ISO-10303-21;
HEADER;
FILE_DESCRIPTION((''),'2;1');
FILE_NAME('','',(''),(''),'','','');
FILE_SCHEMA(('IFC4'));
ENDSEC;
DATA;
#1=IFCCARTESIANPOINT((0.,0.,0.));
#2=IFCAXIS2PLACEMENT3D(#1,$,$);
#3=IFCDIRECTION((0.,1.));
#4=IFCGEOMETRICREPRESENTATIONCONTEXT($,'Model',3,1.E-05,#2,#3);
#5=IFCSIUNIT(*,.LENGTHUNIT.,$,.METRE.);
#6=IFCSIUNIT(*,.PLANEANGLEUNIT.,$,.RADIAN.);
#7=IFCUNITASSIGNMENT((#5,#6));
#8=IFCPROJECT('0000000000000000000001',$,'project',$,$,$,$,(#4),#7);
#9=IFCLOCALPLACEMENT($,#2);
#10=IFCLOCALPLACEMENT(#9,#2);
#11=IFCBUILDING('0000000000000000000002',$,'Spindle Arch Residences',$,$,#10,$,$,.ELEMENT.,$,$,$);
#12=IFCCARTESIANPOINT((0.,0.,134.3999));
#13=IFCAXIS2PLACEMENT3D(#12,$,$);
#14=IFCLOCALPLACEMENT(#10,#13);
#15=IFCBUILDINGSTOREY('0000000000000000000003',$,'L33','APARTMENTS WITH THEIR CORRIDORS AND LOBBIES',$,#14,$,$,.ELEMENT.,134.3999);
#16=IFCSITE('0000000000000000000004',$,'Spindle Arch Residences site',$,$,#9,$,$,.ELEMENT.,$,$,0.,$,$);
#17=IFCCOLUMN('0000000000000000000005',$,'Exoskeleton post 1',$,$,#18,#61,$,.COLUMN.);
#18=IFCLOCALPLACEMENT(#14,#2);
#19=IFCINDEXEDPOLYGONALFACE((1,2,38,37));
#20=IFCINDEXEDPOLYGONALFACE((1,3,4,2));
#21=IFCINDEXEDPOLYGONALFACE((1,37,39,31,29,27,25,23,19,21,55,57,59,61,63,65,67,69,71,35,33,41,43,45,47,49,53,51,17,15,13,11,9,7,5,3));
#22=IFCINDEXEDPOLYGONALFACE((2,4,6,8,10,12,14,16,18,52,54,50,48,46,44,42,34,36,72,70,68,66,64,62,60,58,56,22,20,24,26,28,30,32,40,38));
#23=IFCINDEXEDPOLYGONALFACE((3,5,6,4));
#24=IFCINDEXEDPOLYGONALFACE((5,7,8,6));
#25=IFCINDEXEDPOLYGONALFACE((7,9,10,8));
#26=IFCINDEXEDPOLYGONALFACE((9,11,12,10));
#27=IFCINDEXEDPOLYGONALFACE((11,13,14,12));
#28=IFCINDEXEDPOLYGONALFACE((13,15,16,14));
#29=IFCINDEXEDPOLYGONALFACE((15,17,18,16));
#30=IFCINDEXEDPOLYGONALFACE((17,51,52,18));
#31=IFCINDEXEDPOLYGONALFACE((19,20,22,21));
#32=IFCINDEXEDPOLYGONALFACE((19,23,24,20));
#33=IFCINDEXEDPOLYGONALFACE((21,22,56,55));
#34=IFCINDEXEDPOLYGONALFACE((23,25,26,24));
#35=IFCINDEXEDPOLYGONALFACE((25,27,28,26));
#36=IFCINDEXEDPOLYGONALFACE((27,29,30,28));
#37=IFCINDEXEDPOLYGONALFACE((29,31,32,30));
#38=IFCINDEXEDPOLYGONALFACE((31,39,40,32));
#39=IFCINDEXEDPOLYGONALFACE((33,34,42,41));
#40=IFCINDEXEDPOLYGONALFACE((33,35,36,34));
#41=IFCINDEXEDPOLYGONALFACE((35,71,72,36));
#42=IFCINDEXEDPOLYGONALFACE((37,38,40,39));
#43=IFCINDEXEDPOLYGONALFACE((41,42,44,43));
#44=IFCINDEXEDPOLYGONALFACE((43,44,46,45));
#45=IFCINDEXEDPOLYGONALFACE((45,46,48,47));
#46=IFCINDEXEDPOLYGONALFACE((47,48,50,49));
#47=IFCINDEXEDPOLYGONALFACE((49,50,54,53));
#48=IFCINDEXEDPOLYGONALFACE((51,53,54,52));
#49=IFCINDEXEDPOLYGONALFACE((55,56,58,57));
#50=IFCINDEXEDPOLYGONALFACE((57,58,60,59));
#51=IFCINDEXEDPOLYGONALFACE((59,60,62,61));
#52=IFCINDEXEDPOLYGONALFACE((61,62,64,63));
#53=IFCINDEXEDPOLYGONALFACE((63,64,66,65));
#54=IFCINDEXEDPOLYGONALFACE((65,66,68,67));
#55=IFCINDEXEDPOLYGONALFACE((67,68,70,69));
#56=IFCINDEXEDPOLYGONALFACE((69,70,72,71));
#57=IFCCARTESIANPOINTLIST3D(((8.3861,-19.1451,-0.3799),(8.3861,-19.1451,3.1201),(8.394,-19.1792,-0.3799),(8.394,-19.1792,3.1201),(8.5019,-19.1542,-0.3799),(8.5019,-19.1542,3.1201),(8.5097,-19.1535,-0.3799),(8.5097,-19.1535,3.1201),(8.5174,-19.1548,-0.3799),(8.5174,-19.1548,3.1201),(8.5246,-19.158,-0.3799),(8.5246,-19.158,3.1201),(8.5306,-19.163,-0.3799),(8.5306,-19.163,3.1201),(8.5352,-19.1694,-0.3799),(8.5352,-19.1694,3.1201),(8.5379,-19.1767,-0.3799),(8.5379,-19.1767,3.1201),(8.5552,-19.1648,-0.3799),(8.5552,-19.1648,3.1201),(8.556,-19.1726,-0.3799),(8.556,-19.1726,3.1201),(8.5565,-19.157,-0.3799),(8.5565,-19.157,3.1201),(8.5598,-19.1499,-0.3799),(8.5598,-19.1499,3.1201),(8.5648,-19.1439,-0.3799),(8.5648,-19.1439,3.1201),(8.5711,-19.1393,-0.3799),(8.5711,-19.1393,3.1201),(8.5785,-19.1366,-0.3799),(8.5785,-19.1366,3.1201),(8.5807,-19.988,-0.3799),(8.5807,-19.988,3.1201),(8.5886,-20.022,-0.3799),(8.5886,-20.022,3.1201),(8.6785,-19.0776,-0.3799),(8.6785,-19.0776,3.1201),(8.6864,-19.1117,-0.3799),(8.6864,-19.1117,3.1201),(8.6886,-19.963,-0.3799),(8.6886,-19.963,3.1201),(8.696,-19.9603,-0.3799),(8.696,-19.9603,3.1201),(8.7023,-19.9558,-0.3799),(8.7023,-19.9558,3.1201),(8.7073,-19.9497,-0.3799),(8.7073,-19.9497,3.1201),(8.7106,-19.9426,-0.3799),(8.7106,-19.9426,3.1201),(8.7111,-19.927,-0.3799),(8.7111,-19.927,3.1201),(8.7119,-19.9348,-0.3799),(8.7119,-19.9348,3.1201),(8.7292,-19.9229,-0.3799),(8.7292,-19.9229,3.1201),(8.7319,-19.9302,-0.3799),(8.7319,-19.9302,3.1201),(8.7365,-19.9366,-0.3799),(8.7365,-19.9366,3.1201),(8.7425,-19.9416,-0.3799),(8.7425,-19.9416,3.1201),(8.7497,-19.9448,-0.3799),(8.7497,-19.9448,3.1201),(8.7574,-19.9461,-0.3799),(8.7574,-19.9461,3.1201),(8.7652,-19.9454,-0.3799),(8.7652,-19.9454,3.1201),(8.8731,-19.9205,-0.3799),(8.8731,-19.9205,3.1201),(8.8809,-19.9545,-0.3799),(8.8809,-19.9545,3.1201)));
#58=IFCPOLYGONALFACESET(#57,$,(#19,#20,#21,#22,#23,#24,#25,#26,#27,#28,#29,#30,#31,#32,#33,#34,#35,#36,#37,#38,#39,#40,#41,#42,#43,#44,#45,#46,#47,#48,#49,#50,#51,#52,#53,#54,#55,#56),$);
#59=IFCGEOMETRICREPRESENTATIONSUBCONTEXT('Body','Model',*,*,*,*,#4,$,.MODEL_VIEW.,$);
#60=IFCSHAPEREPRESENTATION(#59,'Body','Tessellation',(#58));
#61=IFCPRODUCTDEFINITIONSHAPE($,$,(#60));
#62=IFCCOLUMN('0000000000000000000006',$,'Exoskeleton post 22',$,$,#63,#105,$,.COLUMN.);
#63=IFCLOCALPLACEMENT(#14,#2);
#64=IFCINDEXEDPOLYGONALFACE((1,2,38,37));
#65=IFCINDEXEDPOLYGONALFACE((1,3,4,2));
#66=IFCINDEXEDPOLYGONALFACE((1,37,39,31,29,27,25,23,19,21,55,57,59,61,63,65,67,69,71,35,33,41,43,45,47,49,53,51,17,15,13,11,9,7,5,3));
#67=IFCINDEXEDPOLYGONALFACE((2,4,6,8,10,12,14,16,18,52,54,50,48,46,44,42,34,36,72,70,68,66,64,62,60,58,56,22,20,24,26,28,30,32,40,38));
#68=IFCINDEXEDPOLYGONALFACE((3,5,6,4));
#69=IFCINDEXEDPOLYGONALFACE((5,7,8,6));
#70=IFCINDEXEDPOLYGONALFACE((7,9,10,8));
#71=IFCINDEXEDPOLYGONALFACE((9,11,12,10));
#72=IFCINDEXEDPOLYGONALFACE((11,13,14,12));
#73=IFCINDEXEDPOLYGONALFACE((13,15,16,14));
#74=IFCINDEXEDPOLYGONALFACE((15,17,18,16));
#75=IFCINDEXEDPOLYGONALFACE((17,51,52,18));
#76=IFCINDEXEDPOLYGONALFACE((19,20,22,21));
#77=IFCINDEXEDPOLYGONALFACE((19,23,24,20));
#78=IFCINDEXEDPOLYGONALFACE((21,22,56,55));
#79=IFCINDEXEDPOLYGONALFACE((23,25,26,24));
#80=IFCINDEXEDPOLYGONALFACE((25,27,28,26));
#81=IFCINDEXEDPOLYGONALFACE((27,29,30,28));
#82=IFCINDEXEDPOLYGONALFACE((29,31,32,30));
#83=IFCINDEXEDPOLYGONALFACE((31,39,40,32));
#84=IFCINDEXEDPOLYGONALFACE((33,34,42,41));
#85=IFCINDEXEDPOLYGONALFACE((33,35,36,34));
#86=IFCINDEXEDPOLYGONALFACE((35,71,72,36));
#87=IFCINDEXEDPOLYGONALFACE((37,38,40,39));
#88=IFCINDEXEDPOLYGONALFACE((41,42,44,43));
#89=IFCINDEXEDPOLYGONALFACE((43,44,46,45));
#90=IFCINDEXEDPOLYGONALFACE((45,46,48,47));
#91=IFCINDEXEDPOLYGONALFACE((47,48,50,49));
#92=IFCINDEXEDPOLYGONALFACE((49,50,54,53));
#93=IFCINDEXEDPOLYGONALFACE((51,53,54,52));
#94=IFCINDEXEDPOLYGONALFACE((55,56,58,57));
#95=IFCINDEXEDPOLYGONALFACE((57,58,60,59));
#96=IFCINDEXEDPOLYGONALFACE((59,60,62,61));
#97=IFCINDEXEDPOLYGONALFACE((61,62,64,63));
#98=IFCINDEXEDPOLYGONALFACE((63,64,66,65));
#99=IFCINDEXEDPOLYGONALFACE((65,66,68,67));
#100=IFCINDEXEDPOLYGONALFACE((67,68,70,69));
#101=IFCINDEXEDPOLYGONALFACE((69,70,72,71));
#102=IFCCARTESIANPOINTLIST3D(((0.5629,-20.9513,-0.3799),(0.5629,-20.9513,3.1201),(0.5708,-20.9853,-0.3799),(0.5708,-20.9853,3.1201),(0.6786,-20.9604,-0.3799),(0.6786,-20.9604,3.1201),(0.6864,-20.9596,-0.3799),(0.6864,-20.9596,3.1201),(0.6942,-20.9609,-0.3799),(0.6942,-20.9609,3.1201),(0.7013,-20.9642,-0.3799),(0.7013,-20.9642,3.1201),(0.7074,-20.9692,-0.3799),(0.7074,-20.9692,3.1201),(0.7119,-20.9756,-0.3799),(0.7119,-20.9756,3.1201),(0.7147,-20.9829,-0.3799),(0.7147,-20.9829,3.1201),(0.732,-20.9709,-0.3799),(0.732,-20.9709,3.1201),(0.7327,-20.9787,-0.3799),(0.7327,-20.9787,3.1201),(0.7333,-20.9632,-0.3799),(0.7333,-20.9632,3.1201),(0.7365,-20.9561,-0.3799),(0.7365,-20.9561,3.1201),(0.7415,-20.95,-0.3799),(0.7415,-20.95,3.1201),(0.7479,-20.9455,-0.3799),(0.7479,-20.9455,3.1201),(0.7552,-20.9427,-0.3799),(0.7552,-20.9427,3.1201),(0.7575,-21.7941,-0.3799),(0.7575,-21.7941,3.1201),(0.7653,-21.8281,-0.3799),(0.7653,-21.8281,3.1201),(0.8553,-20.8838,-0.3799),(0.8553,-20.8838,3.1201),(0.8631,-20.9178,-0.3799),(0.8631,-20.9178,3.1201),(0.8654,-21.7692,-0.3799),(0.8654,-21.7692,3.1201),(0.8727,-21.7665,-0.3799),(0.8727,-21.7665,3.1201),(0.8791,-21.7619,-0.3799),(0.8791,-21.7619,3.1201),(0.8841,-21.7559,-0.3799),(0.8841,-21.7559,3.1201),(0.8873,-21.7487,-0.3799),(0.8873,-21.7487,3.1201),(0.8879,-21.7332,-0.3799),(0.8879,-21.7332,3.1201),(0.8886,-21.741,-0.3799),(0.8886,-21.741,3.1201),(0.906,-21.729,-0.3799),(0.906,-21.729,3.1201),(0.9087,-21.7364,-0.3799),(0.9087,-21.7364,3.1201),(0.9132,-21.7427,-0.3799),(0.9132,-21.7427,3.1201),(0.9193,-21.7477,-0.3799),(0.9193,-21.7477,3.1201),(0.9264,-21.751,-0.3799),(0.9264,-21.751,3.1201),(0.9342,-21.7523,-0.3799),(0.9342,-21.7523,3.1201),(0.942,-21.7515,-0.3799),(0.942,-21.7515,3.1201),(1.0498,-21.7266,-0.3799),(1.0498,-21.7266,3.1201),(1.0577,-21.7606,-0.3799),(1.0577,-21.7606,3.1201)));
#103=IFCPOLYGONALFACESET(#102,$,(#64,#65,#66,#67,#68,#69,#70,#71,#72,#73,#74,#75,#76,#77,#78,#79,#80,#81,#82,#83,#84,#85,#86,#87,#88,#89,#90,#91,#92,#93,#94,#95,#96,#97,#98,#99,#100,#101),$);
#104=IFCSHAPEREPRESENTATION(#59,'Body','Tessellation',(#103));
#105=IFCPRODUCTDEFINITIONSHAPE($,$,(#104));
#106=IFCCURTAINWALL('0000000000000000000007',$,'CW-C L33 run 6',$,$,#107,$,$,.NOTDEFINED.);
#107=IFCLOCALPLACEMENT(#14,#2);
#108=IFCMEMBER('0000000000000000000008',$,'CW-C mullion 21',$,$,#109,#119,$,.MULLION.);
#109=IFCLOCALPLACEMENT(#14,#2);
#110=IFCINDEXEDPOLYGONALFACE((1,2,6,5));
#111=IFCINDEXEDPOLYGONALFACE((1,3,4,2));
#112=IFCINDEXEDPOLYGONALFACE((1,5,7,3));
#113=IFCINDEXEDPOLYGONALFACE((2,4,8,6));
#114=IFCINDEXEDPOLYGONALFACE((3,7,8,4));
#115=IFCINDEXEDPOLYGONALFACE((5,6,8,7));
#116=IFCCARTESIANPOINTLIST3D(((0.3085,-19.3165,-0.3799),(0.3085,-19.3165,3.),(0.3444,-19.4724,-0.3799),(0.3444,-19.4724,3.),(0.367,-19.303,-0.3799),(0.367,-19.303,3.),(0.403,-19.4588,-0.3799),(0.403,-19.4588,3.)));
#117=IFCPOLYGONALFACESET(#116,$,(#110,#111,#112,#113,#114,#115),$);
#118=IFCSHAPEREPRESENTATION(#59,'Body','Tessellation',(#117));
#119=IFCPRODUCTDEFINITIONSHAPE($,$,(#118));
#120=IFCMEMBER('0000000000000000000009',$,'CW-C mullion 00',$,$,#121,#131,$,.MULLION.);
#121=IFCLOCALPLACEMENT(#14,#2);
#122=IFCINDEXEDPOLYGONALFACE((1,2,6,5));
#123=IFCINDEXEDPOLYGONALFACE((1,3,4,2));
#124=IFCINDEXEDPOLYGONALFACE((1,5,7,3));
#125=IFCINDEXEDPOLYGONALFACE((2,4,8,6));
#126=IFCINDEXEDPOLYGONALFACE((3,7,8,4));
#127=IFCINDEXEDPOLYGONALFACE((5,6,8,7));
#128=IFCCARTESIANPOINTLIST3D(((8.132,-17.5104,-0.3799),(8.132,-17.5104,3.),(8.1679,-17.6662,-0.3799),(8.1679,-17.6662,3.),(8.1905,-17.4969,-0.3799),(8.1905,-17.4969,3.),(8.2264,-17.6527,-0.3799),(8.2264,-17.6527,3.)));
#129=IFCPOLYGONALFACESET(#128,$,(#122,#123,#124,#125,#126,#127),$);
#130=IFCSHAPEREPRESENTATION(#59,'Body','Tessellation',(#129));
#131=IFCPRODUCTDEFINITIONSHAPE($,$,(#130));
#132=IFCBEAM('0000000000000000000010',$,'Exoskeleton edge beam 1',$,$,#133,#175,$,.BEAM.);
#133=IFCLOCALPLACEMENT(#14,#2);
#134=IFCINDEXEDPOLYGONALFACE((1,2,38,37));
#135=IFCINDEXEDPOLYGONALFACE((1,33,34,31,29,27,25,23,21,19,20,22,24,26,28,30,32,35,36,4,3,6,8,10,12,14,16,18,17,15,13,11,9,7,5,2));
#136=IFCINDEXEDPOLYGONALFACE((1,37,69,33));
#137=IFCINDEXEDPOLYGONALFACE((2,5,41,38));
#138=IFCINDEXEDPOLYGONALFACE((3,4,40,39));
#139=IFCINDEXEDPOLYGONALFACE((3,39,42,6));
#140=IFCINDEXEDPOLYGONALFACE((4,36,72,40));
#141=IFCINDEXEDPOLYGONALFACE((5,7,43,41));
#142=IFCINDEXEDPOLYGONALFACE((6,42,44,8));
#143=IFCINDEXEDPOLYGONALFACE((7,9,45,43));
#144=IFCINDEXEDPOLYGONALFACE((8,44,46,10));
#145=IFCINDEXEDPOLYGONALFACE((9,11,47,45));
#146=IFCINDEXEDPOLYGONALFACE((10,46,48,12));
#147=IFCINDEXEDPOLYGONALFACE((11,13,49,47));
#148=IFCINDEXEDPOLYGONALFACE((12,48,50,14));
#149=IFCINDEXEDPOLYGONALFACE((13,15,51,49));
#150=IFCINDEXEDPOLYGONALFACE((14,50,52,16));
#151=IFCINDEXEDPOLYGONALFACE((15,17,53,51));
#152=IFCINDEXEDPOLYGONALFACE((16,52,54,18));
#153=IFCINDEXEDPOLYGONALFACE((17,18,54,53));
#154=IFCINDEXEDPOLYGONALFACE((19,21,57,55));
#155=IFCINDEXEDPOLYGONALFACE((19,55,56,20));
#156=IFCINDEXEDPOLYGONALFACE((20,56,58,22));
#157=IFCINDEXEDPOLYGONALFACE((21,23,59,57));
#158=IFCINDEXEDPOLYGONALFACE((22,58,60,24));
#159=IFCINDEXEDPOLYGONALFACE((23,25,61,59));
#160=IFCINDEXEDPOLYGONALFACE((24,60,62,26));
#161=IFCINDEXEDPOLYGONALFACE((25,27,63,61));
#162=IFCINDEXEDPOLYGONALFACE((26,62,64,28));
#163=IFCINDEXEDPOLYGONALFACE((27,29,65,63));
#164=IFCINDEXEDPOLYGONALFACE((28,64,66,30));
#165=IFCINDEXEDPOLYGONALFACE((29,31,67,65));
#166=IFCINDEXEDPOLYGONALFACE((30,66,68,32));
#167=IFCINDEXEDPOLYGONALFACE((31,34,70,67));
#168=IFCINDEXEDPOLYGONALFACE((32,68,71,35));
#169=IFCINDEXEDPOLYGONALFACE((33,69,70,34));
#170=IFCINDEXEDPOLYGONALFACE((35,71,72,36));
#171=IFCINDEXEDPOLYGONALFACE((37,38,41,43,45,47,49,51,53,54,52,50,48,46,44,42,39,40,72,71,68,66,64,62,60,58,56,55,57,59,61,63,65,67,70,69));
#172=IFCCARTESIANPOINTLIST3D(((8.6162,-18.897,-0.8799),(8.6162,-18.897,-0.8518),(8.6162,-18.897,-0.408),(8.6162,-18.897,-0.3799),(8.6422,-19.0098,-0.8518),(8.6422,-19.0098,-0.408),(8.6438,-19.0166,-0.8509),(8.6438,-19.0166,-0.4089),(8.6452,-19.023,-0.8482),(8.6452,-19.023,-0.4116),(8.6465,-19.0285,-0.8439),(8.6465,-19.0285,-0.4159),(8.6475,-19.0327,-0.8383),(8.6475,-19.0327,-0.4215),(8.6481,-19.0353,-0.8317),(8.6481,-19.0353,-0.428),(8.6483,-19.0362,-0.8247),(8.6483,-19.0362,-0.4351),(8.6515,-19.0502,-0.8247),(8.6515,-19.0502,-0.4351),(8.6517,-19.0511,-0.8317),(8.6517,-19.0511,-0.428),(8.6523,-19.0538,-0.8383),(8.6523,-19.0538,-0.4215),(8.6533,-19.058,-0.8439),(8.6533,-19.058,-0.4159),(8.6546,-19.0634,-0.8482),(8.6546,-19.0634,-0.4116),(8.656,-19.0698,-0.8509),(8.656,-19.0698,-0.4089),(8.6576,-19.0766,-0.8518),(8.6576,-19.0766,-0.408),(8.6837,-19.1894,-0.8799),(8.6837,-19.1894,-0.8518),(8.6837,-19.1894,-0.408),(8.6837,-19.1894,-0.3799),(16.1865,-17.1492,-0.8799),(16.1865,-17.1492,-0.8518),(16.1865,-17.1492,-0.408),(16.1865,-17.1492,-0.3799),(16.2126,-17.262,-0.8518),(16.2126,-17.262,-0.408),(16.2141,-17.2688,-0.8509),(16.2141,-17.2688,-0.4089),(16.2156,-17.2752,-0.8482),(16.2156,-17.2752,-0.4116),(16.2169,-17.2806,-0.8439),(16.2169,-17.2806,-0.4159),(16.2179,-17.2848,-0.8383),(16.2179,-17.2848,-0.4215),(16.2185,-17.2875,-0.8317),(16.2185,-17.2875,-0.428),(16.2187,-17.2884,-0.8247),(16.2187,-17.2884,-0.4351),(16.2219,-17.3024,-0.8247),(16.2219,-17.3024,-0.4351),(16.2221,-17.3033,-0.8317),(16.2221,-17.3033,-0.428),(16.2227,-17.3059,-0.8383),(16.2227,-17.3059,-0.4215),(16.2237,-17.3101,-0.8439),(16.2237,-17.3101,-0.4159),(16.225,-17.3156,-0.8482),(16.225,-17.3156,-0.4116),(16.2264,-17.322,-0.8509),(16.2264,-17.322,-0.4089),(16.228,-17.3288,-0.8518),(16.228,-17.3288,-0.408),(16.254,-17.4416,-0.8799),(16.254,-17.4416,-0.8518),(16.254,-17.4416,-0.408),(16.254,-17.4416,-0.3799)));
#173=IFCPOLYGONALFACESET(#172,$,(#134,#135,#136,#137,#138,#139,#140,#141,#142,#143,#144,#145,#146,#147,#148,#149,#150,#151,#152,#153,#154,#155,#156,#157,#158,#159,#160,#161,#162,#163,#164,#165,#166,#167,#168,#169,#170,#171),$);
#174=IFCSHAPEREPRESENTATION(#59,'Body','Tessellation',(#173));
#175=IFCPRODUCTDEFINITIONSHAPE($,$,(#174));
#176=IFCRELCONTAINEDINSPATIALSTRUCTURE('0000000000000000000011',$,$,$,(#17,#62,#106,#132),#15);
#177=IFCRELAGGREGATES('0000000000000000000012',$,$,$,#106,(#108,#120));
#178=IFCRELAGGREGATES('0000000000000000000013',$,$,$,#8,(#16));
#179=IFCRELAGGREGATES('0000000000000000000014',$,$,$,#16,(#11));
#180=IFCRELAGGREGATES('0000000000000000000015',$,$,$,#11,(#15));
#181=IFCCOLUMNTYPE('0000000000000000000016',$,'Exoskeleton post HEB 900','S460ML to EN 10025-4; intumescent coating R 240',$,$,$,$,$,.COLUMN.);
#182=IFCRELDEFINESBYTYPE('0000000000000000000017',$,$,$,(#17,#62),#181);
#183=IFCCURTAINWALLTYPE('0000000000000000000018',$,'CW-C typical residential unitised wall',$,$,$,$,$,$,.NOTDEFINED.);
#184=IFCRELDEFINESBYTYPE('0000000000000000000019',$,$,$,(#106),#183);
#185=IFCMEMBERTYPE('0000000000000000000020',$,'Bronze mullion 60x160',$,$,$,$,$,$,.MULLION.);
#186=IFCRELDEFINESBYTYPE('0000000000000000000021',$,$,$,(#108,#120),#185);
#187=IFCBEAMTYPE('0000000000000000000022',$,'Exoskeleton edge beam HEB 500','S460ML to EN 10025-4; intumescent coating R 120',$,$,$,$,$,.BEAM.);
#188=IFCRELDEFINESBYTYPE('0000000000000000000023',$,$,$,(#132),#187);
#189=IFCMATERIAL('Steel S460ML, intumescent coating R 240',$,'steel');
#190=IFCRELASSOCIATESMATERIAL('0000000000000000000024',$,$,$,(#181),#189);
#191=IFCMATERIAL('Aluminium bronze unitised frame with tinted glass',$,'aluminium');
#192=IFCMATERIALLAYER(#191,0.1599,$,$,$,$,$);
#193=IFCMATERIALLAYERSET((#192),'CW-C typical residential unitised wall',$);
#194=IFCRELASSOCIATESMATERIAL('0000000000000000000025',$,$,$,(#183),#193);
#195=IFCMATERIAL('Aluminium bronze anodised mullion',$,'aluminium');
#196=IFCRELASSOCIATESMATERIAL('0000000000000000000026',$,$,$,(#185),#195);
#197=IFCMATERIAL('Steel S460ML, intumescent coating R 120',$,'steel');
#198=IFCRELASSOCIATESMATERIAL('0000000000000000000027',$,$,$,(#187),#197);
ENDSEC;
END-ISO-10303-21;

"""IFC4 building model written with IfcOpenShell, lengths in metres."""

from ifc_helpers import new_model, si_unit, direction, frame, origin, origin_2d, place, context, subcontext, project, spatial, rectangle, i_section, extrude, material, layer, layer_set, material_profile, profile_set, type_object, element, aggregate, save


model = new_model("IFC4")

# Units and contexts
model_context = context("Model", 3, precision=1e-05, world=origin(), true_north=direction((0.0, 1.0)))
body_context = subcontext(model_context, "Body", "Model", "MODEL_VIEW")
ifc_project = project(units=[si_unit("LENGTHUNIT", "METRE"), si_unit("PLANEANGLEUNIT", "RADIAN")], contexts=[model_context])

# Site, building, storey
site_placement = place(None, origin())
site = spatial("IfcSite", under=ifc_project, at=site_placement, Name="Spindle Arch Residences site", CompositionType="ELEMENT", RefElevation=0.0)
building_placement = place(site_placement, origin())
building = spatial("IfcBuilding", under=site, at=building_placement, Name="Spindle Arch Residences", CompositionType="ELEMENT")
storey_placement = place(building_placement, frame((0.0, 0.0, 134.3999)))
storey = spatial("IfcBuildingStorey", under=building, at=storey_placement, Name="L33", Description="APARTMENTS WITH THEIR CORRIDORS AND LOBBIES", CompositionType="ELEMENT", Elevation=134.3999)

# Columns
ifc_material_1 = material(Name="Steel S460ML, intumescent coating R 240", Category="steel")
ifc_material_profile_1 = material_profile(ifc_material_1, i_section(OverallWidth=0.3, OverallDepth=0.8999, WebThickness=0.0186, FlangeThickness=0.0349, FilletRadius=0.03, at=origin_2d()), Name="HEB 900")
ifc_profile_set_1 = profile_set([ifc_material_profile_1], Name="Steel S460ML, intumescent coating R 240")
column_type = type_object("IfcColumnType", Name="Exoskeleton post HEB 900", Description="S460ML to EN 10025-4; intumescent coating R 240", PredefinedType="COLUMN", material=ifc_profile_set_1)
for number, where, z_axis, x_axis, name in (
    (1, (8.6335, -19.5498, -0.3799), (0.0, 0.0, 1.0), (-0.97437, -0.224951, 0.0), "Exoskeleton post 1"),
    (2, (0.8103, -21.356, -0.3799), (0.0, 0.0, 1.0), (-0.97437, -0.224951, 0.0), "Exoskeleton post 22"),
):
    element("IfcColumn", number, at=place(storey_placement, frame(where, z_axis=z_axis, x_axis=x_axis)), inside=storey, type_object=column_type, Name=name, PredefinedType="COLUMN", context=body_context, shape_type="SweptSolid", body=[
        extrude(i_section(OverallWidth=0.3, OverallDepth=0.8999, WebThickness=0.0186, FlangeThickness=0.0349, FilletRadius=0.03, at=origin_2d()), origin(), (0.0, 0.0, 1.0), 3.5),
    ])

# Curtain wall, members
ifc_material_2 = material(Name="Aluminium bronze unitised frame with tinted glass", Category="aluminium")
ifc_layer_1 = layer(ifc_material_2, 0.1599)
ifc_layer_set_1 = layer_set([ifc_layer_1], Name="CW-C typical residential unitised wall")
curtain_wall_type = type_object("IfcCurtainWallType", Name="CW-C typical residential unitised wall", PredefinedType="NOTDEFINED", material=ifc_layer_set_1)
curtain_wall_placement = place(storey_placement, origin())
curtain_wall = element("IfcCurtainWall", 3, at=curtain_wall_placement, inside=storey, type_object=curtain_wall_type, Name="CW-C L33 run 6", PredefinedType="NOTDEFINED")
ifc_material_3 = material(Name="Aluminium bronze anodised mullion", Category="aluminium")
ifc_material_profile_2 = material_profile(ifc_material_3, rectangle(XDim=0.1599, YDim=0.0601, at=origin_2d()), Name="MU 60x160")
ifc_profile_set_2 = profile_set([ifc_material_profile_2], Name="Aluminium bronze anodised mullion")
member_type = type_object("IfcMemberType", Name="Bronze mullion 60x160", PredefinedType="MULLION", material=ifc_profile_set_2)
member_1_placement = place(storey_placement, frame((0.3557, -19.3877, -0.3799), z_axis=(0.0, 0.0, 1.0), x_axis=(-0.224951, 0.97437, 0.0)))
member_1 = element("IfcMember", 4, at=member_1_placement, type_object=member_type, Name="CW-C mullion 21", PredefinedType="MULLION", context=body_context, shape_type="SweptSolid", body=[
    extrude(rectangle(XDim=0.1599, YDim=0.0601, at=origin_2d()), origin(), (0.0, 0.0, 1.0), 3.3799),
])
member_2_placement = place(storey_placement, frame((8.1792, -17.5815, -0.3799), z_axis=(0.0, 0.0, 1.0), x_axis=(-0.224951, 0.97437, 0.0)))
member_2 = element("IfcMember", 5, at=member_2_placement, type_object=member_type, Name="CW-C mullion 00", PredefinedType="MULLION", context=body_context, shape_type="SweptSolid", body=[
    extrude(rectangle(XDim=0.1599, YDim=0.0601, at=origin_2d()), origin(), (0.0, 0.0, 1.0), 3.3799),
])

# Beam
ifc_material_4 = material(Name="Steel S460ML, intumescent coating R 120", Category="steel")
ifc_material_profile_3 = material_profile(ifc_material_4, i_section(OverallWidth=0.3, OverallDepth=0.5, WebThickness=0.0144, FlangeThickness=0.0281, FilletRadius=0.0271, at=origin_2d()), Name="HEB 500")
ifc_profile_set_3 = profile_set([ifc_material_profile_3], Name="Steel S460ML, intumescent coating R 120")
beam_type_1 = type_object("IfcBeamType", Name="Exoskeleton edge beam HEB 500", Description="S460ML to EN 10025-4; intumescent coating R 120", PredefinedType="BEAM", material=ifc_profile_set_3)
beam_1_placement = place(storey_placement, frame((8.6499, -19.0432, -0.6299), z_axis=(0.974368, 0.224958, 0.0), x_axis=(-0.224958, 0.974368, 0.0)))
element("IfcBeam", 6, at=beam_1_placement, inside=storey, type_object=beam_type_1, Name="Exoskeleton edge beam 1", PredefinedType="BEAM", context=body_context, shape_type="SweptSolid", body=[
    extrude(i_section(OverallWidth=0.3, OverallDepth=0.5, WebThickness=0.0144, FlangeThickness=0.0281, FilletRadius=0.0271, at=origin_2d()), origin(), (0.0, 0.0, 1.0), 7.7695),
])

aggregate(curtain_wall, [member_1, member_2])

save(model, "model.ifc")
